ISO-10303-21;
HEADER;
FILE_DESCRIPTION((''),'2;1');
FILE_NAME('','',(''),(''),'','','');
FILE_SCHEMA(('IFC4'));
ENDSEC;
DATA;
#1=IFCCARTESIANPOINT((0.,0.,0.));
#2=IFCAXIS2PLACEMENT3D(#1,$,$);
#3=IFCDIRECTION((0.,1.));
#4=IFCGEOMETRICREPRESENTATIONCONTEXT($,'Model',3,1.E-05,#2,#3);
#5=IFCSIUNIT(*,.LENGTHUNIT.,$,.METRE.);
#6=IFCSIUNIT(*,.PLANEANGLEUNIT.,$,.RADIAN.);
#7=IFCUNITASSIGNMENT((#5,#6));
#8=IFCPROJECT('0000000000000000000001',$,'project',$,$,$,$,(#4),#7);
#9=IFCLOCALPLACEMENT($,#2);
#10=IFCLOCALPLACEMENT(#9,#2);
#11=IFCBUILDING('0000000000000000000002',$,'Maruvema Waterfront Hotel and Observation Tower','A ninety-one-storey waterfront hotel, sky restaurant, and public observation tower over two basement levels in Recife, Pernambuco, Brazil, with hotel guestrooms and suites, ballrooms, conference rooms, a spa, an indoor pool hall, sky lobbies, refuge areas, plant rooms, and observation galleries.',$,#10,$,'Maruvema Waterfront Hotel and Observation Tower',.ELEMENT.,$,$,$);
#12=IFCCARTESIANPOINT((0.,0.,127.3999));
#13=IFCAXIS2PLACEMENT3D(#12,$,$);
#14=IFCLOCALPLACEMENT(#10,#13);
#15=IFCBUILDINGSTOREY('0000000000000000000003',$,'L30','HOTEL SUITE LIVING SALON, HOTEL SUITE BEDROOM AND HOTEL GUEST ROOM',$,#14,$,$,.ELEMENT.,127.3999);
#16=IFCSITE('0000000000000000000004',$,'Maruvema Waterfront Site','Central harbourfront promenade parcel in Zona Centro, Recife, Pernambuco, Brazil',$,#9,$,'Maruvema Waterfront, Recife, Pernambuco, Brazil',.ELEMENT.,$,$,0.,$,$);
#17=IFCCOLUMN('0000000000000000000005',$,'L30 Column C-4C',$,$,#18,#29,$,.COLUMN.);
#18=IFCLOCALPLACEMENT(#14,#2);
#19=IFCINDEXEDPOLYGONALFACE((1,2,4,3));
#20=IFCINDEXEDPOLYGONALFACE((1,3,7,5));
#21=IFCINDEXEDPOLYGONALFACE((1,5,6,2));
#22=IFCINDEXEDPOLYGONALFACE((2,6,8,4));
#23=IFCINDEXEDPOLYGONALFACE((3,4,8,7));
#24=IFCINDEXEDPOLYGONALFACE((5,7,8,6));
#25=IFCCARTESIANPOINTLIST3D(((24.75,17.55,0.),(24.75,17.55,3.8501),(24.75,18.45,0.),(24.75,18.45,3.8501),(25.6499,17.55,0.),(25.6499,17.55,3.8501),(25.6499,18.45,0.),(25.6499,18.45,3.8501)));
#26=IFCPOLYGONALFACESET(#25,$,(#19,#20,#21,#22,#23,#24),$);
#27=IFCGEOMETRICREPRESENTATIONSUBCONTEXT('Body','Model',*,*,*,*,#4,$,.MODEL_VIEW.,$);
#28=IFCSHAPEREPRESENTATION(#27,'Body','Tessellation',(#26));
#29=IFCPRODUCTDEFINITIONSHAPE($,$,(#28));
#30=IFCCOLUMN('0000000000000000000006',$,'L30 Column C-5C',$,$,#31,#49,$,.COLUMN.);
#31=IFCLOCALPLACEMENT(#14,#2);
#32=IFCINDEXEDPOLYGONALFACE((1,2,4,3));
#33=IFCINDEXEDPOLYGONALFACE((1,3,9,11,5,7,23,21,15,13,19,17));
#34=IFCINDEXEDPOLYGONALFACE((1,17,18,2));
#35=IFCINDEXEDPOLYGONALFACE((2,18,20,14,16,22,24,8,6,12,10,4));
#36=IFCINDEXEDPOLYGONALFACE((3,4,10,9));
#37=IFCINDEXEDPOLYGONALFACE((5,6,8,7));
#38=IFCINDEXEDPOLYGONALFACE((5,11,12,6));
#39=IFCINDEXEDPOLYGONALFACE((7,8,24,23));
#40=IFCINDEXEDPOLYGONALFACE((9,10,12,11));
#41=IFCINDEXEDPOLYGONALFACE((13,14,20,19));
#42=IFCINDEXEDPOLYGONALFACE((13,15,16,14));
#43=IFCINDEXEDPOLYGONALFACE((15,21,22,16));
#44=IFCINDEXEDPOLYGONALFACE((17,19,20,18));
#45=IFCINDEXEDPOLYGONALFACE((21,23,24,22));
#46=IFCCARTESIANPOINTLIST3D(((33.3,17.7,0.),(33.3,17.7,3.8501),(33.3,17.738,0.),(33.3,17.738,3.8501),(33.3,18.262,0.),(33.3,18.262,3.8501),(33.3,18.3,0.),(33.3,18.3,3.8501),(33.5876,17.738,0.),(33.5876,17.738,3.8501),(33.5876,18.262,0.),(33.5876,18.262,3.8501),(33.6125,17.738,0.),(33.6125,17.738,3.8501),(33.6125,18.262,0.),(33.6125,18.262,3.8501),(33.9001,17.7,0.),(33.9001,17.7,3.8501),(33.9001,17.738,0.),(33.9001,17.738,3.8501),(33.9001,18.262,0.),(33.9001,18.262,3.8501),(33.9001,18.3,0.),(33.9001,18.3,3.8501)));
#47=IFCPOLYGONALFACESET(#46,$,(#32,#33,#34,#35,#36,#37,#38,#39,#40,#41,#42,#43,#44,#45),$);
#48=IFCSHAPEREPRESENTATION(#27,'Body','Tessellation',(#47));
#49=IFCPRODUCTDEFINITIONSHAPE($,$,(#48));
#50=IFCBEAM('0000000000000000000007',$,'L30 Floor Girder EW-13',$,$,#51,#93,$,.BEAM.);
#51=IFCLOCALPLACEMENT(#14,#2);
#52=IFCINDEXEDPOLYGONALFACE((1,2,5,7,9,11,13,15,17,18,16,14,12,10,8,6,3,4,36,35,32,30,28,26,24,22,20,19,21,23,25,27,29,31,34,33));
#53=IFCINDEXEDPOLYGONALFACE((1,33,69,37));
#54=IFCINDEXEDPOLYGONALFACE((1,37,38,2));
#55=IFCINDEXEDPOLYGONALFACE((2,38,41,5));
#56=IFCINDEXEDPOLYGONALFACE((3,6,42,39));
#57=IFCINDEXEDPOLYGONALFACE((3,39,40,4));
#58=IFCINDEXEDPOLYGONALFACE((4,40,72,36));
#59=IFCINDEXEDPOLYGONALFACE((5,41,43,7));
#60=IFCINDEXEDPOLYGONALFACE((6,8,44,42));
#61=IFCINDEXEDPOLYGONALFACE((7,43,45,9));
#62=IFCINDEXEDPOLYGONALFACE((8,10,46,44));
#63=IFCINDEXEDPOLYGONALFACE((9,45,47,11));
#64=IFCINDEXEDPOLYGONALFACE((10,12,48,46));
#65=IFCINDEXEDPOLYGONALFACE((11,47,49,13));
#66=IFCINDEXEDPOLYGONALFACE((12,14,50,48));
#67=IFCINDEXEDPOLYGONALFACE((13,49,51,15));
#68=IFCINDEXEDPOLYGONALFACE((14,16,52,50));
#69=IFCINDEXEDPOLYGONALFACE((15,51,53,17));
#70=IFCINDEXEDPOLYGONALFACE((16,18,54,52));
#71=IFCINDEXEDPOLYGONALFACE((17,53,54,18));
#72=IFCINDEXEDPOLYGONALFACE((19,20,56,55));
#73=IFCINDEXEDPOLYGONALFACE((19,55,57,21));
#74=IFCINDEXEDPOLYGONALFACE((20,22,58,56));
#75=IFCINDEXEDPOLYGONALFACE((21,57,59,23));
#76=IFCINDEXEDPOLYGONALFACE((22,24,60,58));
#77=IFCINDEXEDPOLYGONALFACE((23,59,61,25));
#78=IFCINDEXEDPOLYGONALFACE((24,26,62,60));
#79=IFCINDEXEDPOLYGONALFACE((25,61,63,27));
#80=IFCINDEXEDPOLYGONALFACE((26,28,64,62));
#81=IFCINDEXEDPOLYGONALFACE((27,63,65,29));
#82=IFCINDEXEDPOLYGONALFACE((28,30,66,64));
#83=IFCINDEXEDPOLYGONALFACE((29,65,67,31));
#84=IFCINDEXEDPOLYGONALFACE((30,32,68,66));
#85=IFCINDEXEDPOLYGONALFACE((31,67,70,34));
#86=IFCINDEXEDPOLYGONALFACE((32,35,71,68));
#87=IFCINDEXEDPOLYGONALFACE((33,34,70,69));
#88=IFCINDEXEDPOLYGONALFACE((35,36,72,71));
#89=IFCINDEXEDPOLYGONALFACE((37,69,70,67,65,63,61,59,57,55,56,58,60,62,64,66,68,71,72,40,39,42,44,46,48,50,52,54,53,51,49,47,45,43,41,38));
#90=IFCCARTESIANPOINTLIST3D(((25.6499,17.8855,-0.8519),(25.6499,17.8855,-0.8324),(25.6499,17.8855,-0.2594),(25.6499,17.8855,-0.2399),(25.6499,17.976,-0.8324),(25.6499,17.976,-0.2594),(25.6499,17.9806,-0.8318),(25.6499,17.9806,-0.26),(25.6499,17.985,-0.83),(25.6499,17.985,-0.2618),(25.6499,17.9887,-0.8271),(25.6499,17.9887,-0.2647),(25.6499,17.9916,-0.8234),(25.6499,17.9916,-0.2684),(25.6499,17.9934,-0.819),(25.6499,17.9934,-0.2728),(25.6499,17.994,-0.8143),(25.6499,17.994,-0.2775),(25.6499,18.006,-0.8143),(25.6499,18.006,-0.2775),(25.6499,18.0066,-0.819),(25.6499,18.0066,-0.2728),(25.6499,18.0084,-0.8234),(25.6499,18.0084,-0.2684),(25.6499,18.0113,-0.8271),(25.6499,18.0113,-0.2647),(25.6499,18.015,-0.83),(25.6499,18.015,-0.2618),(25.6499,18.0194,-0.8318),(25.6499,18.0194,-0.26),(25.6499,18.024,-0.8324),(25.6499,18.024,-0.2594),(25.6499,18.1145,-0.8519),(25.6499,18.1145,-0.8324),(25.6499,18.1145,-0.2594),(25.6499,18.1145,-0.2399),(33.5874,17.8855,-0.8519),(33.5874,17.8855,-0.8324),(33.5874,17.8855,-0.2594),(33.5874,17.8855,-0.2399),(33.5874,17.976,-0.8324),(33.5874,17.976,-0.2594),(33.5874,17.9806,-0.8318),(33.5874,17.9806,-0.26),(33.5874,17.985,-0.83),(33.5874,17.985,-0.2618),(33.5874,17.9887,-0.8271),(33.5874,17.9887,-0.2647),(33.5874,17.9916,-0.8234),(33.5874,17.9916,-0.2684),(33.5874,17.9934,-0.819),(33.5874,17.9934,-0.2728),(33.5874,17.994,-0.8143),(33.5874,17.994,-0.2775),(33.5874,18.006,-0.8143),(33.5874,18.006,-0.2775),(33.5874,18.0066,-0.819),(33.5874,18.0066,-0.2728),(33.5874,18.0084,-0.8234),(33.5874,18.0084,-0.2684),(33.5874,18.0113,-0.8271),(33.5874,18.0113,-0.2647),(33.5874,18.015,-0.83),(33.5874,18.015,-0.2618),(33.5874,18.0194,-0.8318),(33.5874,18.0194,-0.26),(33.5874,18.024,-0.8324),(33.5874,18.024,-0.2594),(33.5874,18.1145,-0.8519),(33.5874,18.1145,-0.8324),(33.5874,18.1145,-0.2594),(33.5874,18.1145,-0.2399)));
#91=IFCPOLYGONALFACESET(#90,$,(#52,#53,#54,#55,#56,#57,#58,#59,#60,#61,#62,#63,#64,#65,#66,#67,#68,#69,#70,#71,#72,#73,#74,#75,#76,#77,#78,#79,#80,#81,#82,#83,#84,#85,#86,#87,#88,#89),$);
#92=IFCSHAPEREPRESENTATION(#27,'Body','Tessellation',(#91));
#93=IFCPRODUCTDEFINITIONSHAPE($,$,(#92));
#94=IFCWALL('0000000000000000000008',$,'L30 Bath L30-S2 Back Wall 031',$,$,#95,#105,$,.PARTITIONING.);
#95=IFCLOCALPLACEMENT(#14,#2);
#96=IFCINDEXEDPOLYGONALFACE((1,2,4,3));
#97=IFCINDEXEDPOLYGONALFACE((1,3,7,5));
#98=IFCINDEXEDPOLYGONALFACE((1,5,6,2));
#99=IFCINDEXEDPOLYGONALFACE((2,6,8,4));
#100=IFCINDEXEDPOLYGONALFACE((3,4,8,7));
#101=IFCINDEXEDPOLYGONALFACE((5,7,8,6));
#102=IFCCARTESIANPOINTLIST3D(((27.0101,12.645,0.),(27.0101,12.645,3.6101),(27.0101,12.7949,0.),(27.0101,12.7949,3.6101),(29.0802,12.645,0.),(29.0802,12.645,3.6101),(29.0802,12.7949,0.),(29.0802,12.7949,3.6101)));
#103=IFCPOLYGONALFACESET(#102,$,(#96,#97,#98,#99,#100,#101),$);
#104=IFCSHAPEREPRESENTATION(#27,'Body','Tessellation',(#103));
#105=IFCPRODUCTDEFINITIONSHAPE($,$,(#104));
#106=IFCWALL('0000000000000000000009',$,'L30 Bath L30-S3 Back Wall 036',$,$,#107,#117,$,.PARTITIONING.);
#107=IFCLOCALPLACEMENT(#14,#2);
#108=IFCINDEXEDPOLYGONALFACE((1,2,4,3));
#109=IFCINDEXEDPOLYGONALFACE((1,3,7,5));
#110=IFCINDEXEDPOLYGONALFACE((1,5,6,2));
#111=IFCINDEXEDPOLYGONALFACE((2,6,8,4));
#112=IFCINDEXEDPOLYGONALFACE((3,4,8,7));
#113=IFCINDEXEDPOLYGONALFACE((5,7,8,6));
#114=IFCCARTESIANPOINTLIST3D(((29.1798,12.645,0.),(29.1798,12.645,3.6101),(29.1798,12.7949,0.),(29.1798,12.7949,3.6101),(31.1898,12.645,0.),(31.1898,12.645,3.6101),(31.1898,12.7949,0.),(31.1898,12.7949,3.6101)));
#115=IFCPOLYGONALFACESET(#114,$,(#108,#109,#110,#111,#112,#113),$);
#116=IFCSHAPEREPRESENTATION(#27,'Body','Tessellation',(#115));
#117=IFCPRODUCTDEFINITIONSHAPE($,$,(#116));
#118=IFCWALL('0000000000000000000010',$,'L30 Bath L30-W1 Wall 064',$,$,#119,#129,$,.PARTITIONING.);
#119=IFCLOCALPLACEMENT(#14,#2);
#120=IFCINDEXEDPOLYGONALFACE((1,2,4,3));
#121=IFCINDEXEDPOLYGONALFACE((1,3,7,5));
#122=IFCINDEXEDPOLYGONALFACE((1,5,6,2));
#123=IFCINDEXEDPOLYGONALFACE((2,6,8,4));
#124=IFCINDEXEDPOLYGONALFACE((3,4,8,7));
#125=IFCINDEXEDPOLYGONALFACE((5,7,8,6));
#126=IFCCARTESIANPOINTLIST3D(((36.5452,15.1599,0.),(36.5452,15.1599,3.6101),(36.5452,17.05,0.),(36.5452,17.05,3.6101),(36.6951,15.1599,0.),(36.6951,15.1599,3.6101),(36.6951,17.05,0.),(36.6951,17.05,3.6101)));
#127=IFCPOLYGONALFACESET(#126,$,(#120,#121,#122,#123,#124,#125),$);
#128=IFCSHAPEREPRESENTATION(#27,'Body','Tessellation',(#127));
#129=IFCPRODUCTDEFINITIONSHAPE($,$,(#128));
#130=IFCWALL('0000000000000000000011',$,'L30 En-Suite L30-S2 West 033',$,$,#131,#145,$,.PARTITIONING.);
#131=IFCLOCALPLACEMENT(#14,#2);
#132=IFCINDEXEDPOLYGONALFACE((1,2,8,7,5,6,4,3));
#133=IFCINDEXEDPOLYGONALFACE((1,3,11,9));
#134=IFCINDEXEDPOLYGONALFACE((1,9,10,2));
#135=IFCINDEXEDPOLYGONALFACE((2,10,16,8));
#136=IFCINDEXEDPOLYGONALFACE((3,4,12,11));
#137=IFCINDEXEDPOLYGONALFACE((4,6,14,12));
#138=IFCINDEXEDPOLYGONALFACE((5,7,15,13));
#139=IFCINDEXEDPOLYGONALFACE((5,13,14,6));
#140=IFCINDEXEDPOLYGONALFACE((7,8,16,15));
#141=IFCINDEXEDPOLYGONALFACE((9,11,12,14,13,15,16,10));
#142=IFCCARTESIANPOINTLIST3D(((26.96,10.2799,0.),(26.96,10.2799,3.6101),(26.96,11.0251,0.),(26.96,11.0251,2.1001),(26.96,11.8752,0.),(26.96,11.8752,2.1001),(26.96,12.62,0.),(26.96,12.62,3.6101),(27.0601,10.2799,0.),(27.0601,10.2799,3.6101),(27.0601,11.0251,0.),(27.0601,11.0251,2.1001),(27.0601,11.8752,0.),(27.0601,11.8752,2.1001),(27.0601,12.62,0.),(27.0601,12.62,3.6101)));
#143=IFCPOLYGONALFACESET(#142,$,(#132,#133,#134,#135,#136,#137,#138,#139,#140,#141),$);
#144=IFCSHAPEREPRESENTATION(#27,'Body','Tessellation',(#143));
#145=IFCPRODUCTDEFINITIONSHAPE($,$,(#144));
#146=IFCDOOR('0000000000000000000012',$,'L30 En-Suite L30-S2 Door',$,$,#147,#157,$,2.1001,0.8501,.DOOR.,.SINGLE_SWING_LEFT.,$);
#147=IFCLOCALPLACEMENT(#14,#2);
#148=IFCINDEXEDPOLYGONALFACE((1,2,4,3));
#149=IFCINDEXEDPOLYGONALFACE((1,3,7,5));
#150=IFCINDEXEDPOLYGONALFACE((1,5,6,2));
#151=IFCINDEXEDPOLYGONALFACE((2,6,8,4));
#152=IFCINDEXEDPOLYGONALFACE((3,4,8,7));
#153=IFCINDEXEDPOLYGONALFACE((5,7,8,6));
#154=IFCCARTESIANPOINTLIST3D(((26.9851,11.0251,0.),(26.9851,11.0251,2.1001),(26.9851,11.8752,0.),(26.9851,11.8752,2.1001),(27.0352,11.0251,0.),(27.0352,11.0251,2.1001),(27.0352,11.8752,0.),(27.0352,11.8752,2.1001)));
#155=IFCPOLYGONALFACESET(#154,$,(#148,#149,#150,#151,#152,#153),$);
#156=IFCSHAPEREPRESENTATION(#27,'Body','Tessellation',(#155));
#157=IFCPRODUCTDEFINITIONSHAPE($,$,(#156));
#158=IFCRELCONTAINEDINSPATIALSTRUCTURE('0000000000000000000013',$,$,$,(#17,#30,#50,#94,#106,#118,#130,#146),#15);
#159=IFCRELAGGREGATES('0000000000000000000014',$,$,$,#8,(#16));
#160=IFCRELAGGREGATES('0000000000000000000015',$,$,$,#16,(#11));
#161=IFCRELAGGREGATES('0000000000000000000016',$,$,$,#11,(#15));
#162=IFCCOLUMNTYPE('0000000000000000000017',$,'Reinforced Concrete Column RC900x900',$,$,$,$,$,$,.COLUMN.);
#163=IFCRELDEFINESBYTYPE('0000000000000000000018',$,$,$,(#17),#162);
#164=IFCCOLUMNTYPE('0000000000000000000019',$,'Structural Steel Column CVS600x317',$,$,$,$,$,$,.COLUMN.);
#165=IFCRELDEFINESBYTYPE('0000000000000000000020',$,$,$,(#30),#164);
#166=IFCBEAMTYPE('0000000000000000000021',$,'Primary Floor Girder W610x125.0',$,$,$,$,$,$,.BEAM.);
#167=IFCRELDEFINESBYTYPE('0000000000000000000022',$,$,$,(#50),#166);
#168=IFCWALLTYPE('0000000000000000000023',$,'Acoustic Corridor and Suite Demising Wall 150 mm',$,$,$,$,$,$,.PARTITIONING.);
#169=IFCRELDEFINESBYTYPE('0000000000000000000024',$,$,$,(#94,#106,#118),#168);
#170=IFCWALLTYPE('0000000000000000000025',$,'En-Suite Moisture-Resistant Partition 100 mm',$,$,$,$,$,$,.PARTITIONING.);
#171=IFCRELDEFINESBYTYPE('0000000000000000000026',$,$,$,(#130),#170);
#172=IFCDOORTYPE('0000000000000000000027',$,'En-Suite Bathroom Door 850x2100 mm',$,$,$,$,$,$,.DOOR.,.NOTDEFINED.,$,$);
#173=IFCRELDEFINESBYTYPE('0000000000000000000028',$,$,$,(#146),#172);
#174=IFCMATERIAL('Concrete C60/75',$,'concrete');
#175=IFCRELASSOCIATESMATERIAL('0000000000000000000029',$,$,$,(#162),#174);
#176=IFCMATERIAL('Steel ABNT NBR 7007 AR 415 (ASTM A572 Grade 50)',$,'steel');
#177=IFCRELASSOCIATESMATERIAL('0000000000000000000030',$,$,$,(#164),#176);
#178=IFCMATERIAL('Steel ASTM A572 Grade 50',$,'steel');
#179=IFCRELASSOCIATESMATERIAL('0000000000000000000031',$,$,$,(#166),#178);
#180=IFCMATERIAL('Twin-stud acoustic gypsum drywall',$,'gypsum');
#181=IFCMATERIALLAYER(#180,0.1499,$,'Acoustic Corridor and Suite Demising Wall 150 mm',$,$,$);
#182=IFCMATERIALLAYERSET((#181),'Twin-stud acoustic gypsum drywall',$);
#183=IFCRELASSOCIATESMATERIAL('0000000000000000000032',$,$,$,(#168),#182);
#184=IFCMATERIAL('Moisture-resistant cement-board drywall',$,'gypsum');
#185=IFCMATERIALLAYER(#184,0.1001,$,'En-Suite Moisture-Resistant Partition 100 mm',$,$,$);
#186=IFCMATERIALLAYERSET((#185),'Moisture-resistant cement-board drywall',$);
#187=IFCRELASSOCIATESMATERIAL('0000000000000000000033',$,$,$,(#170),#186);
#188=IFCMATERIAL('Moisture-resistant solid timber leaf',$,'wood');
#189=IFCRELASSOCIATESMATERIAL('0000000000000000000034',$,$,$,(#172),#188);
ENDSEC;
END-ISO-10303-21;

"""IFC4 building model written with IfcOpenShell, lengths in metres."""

from ifc_helpers import new_model, si_unit, direction, frame, frame_2d, origin, origin_2d, place, context, subcontext, project, spatial, rectangle, i_section, extrude, material, layer, layer_set, material_profile, profile_set, type_object, element, fill, save


model = new_model("IFC4")

# Units and contexts
model_context = context("Model", 3, precision=1e-05, world=origin(), true_north=direction((0.0, 1.0)))
body_context = subcontext(model_context, "Body", "Model", "MODEL_VIEW")
ifc_project = project(units=[si_unit("LENGTHUNIT", "METRE"), si_unit("PLANEANGLEUNIT", "RADIAN")], contexts=[model_context])

# Site, building, storey
site_placement = place(None, origin())
site = spatial("IfcSite", under=ifc_project, at=site_placement, Name="Maruvema Waterfront Site", Description="Central harbourfront promenade parcel in Zona Centro, Recife, Pernambuco, Brazil", LongName="Maruvema Waterfront, Recife, Pernambuco, Brazil", CompositionType="ELEMENT", RefElevation=0.0)
building_placement = place(site_placement, origin())
building = spatial("IfcBuilding", under=site, at=building_placement, Name="Maruvema Waterfront Hotel and Observation Tower", Description="A ninety-one-storey waterfront hotel, sky restaurant, and public observation tower over two basement levels in Recife, Pernambuco, Brazil, with hotel guestrooms and suites, ballrooms, conference rooms, a spa, an indoor pool hall, sky lobbies, refuge areas, plant rooms, and observation galleries.", LongName="Maruvema Waterfront Hotel and Observation Tower", CompositionType="ELEMENT")
storey_placement = place(building_placement, frame((0.0, 0.0, 127.3999)))
storey = spatial("IfcBuildingStorey", under=building, at=storey_placement, Name="L30", Description="HOTEL SUITE LIVING SALON, HOTEL SUITE BEDROOM AND HOTEL GUEST ROOM", CompositionType="ELEMENT", Elevation=127.3999)

# Columns
ifc_material_1 = material(Name="Concrete C60/75", Category="concrete")
ifc_material_profile_1 = material_profile(ifc_material_1, rectangle(XDim=0.8999, YDim=0.8999, at=origin_2d()), Name="RC900x900")
ifc_profile_set_1 = profile_set([ifc_material_profile_1], Name="Concrete C60/75")
column_type_1 = type_object("IfcColumnType", Name="Reinforced Concrete Column RC900x900", PredefinedType="COLUMN", material=ifc_profile_set_1)
column_1_placement = place(storey_placement, frame((25.2, 18.0, 0.0), z_axis=(0.0, 0.0, 1.0), x_axis=(1.0, 0.0, 0.0)))
element("IfcColumn", 1, at=column_1_placement, inside=storey, type_object=column_type_1, Name="L30 Column C-4C", PredefinedType="COLUMN", context=body_context, shape_type="SweptSolid", body=[
    extrude(rectangle(XDim=0.8999, YDim=0.8999, at=origin_2d()), origin(), (0.0, 0.0, 1.0), 3.8501),
])
ifc_material_2 = material(Name="Steel ABNT NBR 7007 AR 415 (ASTM A572 Grade 50)", Category="steel")
ifc_material_profile_2 = material_profile(ifc_material_2, i_section(OverallWidth=0.6001, OverallDepth=0.6001, WebThickness=0.0249, FlangeThickness=0.0381, at=origin_2d()), Name="CVS600x317")
ifc_profile_set_2 = profile_set([ifc_material_profile_2], Name="Steel ABNT NBR 7007 AR 415 (ASTM A572 Grade 50)")
column_type_2 = type_object("IfcColumnType", Name="Structural Steel Column CVS600x317", PredefinedType="COLUMN", material=ifc_profile_set_2)
column_2_placement = place(storey_placement, frame((33.6001, 18.0, 0.0), z_axis=(0.0, 0.0, 1.0), x_axis=(1.0, 0.0, 0.0)))
element("IfcColumn", 2, at=column_2_placement, inside=storey, type_object=column_type_2, Name="L30 Column C-5C", PredefinedType="COLUMN", context=body_context, shape_type="SweptSolid", body=[
    extrude(i_section(OverallWidth=0.6001, OverallDepth=0.6001, WebThickness=0.0249, FlangeThickness=0.0381, at=origin_2d()), origin(), (0.0, 0.0, 1.0), 3.8501),
])

# Beam
ifc_material_3 = material(Name="Steel ASTM A572 Grade 50", Category="steel")
ifc_material_profile_3 = material_profile(ifc_material_3, i_section(OverallWidth=0.229, OverallDepth=0.6121, WebThickness=0.012, FlangeThickness=0.0195, FilletRadius=0.0181, at=origin_2d()), Name="W610x125.0")
ifc_profile_set_3 = profile_set([ifc_material_profile_3], Name="Steel ASTM A572 Grade 50")
beam_type = type_object("IfcBeamType", Name="Primary Floor Girder W610x125.0", PredefinedType="BEAM", material=ifc_profile_set_3)
beam_placement = place(storey_placement, frame((25.6499, 18.0, -0.5459), z_axis=(1.0, 0.0, 0.0), x_axis=(0.0, 1.0, 0.0)))
element("IfcBeam", 3, at=beam_placement, inside=storey, type_object=beam_type, Name="L30 Floor Girder EW-13", PredefinedType="BEAM", context=body_context, shape_type="SweptSolid", body=[
    extrude(i_section(OverallWidth=0.229, OverallDepth=0.6121, WebThickness=0.012, FlangeThickness=0.0195, FilletRadius=0.0181, at=origin_2d()), origin(), (0.0, 0.0, 1.0), 7.9375),
])

# Wall
ifc_material_4 = material(Name="Twin-stud acoustic gypsum drywall", Category="gypsum")
ifc_layer_1 = layer(ifc_material_4, 0.1499, Name="Acoustic Corridor and Suite Demising Wall 150 mm")
ifc_layer_set_1 = layer_set([ifc_layer_1], Name="Twin-stud acoustic gypsum drywall")
wall_type_1 = type_object("IfcWallType", Name="Acoustic Corridor and Suite Demising Wall 150 mm", PredefinedType="PARTITIONING", material=ifc_layer_set_1)
wall_1_placement = place(storey_placement, frame((27.01, 12.72, 0.0), z_axis=(0.0, 0.0, 1.0), x_axis=(1.0, 0.0, 0.0)))
element("IfcWall", 4, at=wall_1_placement, inside=storey, type_object=wall_type_1, Name="L30 Bath L30-S2 Back Wall 031", PredefinedType="PARTITIONING", context=body_context, shape_type="SweptSolid", body=[
    extrude(rectangle(XDim=2.0701, YDim=0.1499, at=frame_2d((1.0352, 0.0))), origin(), (0.0, 0.0, 1.0), 3.6101),
])

# Wall
wall_2_placement = place(storey_placement, frame((29.1799, 12.72, 0.0), z_axis=(0.0, 0.0, 1.0), x_axis=(1.0, 0.0, 0.0)))
element("IfcWall", 5, at=wall_2_placement, inside=storey, type_object=wall_type_1, Name="L30 Bath L30-S3 Back Wall 036", PredefinedType="PARTITIONING", context=body_context, shape_type="SweptSolid", body=[
    extrude(rectangle(XDim=2.01, YDim=0.1499, at=frame_2d((1.0049, 0.0))), origin(), (0.0, 0.0, 1.0), 3.6101),
])

# Wall
wall_3_placement = place(storey_placement, frame((36.6201, 15.1599, 0.0), z_axis=(0.0, 0.0, 1.0), x_axis=(0.0, 1.0, 0.0)))
element("IfcWall", 6, at=wall_3_placement, inside=storey, type_object=wall_type_1, Name="L30 Bath L30-W1 Wall 064", PredefinedType="PARTITIONING", context=body_context, shape_type="SweptSolid", body=[
    extrude(rectangle(XDim=1.8901, YDim=0.1499, at=frame_2d((0.9451, 0.0))), origin(), (0.0, 0.0, 1.0), 3.6101),
])

# Wall, opening, door
ifc_material_5 = material(Name="Moisture-resistant cement-board drywall", Category="gypsum")
ifc_layer_2 = layer(ifc_material_5, 0.1001, Name="En-Suite Moisture-Resistant Partition 100 mm")
ifc_layer_set_2 = layer_set([ifc_layer_2], Name="Moisture-resistant cement-board drywall")
wall_type_2 = type_object("IfcWallType", Name="En-Suite Moisture-Resistant Partition 100 mm", PredefinedType="PARTITIONING", material=ifc_layer_set_2)
wall_4_placement = place(storey_placement, frame((27.01, 10.28, 0.0), z_axis=(0.0, 0.0, 1.0), x_axis=(0.0, 1.0, 0.0)))
wall_4 = element("IfcWall", 7, at=wall_4_placement, inside=storey, type_object=wall_type_2, Name="L30 En-Suite L30-S2 West 033", PredefinedType="PARTITIONING", context=body_context, shape_type="SweptSolid", body=[
    extrude(rectangle(XDim=2.3401, YDim=0.1001, at=frame_2d((1.1699, 0.0))), origin(), (0.0, 0.0, 1.0), 3.6101),
])
opening_1_placement = place(wall_4_placement, frame((0.7451, 0.0, 0.0)))
opening_1 = element("IfcOpeningElement", 8, at=opening_1_placement, cuts=wall_4, PredefinedType="OPENING", context=body_context, shape_type="SweptSolid", body=[
    extrude(rectangle(XDim=0.8501, YDim=2.1001, at=frame_2d((0.425, 1.05))), frame((0.0, 0.0601, 0.0), z_axis=(0.0, -1.0, 0.0), x_axis=(1.0, 0.0, 0.0)), (0.0, 0.0, 1.0), 0.1201),
])
ifc_material_6 = material(Name="Moisture-resistant solid timber leaf", Category="wood")
door_type_1 = type_object("IfcDoorType", Name="En-Suite Bathroom Door 850x2100 mm", OperationType="NOTDEFINED", PredefinedType="DOOR", material=ifc_material_6)
door_1_placement = place(opening_1_placement, origin())
door_1 = element("IfcDoor", 9, at=door_1_placement, inside=storey, type_object=door_type_1, Name="L30 En-Suite L30-S2 Door", OperationType="SINGLE_SWING_LEFT", OverallHeight=2.1001, OverallWidth=0.8501, PredefinedType="DOOR", context=body_context, shape_type="SweptSolid", body=[
    extrude(rectangle(XDim=0.8501, YDim=2.1001, at=frame_2d((0.425, 1.05))), frame((0.0, 0.0249, 0.0), z_axis=(0.0, -1.0, 0.0), x_axis=(1.0, 0.0, 0.0)), (0.0, 0.0, 1.0), 0.05),
])
fill(opening_1, door_1)

save(model, "model.ifc")
